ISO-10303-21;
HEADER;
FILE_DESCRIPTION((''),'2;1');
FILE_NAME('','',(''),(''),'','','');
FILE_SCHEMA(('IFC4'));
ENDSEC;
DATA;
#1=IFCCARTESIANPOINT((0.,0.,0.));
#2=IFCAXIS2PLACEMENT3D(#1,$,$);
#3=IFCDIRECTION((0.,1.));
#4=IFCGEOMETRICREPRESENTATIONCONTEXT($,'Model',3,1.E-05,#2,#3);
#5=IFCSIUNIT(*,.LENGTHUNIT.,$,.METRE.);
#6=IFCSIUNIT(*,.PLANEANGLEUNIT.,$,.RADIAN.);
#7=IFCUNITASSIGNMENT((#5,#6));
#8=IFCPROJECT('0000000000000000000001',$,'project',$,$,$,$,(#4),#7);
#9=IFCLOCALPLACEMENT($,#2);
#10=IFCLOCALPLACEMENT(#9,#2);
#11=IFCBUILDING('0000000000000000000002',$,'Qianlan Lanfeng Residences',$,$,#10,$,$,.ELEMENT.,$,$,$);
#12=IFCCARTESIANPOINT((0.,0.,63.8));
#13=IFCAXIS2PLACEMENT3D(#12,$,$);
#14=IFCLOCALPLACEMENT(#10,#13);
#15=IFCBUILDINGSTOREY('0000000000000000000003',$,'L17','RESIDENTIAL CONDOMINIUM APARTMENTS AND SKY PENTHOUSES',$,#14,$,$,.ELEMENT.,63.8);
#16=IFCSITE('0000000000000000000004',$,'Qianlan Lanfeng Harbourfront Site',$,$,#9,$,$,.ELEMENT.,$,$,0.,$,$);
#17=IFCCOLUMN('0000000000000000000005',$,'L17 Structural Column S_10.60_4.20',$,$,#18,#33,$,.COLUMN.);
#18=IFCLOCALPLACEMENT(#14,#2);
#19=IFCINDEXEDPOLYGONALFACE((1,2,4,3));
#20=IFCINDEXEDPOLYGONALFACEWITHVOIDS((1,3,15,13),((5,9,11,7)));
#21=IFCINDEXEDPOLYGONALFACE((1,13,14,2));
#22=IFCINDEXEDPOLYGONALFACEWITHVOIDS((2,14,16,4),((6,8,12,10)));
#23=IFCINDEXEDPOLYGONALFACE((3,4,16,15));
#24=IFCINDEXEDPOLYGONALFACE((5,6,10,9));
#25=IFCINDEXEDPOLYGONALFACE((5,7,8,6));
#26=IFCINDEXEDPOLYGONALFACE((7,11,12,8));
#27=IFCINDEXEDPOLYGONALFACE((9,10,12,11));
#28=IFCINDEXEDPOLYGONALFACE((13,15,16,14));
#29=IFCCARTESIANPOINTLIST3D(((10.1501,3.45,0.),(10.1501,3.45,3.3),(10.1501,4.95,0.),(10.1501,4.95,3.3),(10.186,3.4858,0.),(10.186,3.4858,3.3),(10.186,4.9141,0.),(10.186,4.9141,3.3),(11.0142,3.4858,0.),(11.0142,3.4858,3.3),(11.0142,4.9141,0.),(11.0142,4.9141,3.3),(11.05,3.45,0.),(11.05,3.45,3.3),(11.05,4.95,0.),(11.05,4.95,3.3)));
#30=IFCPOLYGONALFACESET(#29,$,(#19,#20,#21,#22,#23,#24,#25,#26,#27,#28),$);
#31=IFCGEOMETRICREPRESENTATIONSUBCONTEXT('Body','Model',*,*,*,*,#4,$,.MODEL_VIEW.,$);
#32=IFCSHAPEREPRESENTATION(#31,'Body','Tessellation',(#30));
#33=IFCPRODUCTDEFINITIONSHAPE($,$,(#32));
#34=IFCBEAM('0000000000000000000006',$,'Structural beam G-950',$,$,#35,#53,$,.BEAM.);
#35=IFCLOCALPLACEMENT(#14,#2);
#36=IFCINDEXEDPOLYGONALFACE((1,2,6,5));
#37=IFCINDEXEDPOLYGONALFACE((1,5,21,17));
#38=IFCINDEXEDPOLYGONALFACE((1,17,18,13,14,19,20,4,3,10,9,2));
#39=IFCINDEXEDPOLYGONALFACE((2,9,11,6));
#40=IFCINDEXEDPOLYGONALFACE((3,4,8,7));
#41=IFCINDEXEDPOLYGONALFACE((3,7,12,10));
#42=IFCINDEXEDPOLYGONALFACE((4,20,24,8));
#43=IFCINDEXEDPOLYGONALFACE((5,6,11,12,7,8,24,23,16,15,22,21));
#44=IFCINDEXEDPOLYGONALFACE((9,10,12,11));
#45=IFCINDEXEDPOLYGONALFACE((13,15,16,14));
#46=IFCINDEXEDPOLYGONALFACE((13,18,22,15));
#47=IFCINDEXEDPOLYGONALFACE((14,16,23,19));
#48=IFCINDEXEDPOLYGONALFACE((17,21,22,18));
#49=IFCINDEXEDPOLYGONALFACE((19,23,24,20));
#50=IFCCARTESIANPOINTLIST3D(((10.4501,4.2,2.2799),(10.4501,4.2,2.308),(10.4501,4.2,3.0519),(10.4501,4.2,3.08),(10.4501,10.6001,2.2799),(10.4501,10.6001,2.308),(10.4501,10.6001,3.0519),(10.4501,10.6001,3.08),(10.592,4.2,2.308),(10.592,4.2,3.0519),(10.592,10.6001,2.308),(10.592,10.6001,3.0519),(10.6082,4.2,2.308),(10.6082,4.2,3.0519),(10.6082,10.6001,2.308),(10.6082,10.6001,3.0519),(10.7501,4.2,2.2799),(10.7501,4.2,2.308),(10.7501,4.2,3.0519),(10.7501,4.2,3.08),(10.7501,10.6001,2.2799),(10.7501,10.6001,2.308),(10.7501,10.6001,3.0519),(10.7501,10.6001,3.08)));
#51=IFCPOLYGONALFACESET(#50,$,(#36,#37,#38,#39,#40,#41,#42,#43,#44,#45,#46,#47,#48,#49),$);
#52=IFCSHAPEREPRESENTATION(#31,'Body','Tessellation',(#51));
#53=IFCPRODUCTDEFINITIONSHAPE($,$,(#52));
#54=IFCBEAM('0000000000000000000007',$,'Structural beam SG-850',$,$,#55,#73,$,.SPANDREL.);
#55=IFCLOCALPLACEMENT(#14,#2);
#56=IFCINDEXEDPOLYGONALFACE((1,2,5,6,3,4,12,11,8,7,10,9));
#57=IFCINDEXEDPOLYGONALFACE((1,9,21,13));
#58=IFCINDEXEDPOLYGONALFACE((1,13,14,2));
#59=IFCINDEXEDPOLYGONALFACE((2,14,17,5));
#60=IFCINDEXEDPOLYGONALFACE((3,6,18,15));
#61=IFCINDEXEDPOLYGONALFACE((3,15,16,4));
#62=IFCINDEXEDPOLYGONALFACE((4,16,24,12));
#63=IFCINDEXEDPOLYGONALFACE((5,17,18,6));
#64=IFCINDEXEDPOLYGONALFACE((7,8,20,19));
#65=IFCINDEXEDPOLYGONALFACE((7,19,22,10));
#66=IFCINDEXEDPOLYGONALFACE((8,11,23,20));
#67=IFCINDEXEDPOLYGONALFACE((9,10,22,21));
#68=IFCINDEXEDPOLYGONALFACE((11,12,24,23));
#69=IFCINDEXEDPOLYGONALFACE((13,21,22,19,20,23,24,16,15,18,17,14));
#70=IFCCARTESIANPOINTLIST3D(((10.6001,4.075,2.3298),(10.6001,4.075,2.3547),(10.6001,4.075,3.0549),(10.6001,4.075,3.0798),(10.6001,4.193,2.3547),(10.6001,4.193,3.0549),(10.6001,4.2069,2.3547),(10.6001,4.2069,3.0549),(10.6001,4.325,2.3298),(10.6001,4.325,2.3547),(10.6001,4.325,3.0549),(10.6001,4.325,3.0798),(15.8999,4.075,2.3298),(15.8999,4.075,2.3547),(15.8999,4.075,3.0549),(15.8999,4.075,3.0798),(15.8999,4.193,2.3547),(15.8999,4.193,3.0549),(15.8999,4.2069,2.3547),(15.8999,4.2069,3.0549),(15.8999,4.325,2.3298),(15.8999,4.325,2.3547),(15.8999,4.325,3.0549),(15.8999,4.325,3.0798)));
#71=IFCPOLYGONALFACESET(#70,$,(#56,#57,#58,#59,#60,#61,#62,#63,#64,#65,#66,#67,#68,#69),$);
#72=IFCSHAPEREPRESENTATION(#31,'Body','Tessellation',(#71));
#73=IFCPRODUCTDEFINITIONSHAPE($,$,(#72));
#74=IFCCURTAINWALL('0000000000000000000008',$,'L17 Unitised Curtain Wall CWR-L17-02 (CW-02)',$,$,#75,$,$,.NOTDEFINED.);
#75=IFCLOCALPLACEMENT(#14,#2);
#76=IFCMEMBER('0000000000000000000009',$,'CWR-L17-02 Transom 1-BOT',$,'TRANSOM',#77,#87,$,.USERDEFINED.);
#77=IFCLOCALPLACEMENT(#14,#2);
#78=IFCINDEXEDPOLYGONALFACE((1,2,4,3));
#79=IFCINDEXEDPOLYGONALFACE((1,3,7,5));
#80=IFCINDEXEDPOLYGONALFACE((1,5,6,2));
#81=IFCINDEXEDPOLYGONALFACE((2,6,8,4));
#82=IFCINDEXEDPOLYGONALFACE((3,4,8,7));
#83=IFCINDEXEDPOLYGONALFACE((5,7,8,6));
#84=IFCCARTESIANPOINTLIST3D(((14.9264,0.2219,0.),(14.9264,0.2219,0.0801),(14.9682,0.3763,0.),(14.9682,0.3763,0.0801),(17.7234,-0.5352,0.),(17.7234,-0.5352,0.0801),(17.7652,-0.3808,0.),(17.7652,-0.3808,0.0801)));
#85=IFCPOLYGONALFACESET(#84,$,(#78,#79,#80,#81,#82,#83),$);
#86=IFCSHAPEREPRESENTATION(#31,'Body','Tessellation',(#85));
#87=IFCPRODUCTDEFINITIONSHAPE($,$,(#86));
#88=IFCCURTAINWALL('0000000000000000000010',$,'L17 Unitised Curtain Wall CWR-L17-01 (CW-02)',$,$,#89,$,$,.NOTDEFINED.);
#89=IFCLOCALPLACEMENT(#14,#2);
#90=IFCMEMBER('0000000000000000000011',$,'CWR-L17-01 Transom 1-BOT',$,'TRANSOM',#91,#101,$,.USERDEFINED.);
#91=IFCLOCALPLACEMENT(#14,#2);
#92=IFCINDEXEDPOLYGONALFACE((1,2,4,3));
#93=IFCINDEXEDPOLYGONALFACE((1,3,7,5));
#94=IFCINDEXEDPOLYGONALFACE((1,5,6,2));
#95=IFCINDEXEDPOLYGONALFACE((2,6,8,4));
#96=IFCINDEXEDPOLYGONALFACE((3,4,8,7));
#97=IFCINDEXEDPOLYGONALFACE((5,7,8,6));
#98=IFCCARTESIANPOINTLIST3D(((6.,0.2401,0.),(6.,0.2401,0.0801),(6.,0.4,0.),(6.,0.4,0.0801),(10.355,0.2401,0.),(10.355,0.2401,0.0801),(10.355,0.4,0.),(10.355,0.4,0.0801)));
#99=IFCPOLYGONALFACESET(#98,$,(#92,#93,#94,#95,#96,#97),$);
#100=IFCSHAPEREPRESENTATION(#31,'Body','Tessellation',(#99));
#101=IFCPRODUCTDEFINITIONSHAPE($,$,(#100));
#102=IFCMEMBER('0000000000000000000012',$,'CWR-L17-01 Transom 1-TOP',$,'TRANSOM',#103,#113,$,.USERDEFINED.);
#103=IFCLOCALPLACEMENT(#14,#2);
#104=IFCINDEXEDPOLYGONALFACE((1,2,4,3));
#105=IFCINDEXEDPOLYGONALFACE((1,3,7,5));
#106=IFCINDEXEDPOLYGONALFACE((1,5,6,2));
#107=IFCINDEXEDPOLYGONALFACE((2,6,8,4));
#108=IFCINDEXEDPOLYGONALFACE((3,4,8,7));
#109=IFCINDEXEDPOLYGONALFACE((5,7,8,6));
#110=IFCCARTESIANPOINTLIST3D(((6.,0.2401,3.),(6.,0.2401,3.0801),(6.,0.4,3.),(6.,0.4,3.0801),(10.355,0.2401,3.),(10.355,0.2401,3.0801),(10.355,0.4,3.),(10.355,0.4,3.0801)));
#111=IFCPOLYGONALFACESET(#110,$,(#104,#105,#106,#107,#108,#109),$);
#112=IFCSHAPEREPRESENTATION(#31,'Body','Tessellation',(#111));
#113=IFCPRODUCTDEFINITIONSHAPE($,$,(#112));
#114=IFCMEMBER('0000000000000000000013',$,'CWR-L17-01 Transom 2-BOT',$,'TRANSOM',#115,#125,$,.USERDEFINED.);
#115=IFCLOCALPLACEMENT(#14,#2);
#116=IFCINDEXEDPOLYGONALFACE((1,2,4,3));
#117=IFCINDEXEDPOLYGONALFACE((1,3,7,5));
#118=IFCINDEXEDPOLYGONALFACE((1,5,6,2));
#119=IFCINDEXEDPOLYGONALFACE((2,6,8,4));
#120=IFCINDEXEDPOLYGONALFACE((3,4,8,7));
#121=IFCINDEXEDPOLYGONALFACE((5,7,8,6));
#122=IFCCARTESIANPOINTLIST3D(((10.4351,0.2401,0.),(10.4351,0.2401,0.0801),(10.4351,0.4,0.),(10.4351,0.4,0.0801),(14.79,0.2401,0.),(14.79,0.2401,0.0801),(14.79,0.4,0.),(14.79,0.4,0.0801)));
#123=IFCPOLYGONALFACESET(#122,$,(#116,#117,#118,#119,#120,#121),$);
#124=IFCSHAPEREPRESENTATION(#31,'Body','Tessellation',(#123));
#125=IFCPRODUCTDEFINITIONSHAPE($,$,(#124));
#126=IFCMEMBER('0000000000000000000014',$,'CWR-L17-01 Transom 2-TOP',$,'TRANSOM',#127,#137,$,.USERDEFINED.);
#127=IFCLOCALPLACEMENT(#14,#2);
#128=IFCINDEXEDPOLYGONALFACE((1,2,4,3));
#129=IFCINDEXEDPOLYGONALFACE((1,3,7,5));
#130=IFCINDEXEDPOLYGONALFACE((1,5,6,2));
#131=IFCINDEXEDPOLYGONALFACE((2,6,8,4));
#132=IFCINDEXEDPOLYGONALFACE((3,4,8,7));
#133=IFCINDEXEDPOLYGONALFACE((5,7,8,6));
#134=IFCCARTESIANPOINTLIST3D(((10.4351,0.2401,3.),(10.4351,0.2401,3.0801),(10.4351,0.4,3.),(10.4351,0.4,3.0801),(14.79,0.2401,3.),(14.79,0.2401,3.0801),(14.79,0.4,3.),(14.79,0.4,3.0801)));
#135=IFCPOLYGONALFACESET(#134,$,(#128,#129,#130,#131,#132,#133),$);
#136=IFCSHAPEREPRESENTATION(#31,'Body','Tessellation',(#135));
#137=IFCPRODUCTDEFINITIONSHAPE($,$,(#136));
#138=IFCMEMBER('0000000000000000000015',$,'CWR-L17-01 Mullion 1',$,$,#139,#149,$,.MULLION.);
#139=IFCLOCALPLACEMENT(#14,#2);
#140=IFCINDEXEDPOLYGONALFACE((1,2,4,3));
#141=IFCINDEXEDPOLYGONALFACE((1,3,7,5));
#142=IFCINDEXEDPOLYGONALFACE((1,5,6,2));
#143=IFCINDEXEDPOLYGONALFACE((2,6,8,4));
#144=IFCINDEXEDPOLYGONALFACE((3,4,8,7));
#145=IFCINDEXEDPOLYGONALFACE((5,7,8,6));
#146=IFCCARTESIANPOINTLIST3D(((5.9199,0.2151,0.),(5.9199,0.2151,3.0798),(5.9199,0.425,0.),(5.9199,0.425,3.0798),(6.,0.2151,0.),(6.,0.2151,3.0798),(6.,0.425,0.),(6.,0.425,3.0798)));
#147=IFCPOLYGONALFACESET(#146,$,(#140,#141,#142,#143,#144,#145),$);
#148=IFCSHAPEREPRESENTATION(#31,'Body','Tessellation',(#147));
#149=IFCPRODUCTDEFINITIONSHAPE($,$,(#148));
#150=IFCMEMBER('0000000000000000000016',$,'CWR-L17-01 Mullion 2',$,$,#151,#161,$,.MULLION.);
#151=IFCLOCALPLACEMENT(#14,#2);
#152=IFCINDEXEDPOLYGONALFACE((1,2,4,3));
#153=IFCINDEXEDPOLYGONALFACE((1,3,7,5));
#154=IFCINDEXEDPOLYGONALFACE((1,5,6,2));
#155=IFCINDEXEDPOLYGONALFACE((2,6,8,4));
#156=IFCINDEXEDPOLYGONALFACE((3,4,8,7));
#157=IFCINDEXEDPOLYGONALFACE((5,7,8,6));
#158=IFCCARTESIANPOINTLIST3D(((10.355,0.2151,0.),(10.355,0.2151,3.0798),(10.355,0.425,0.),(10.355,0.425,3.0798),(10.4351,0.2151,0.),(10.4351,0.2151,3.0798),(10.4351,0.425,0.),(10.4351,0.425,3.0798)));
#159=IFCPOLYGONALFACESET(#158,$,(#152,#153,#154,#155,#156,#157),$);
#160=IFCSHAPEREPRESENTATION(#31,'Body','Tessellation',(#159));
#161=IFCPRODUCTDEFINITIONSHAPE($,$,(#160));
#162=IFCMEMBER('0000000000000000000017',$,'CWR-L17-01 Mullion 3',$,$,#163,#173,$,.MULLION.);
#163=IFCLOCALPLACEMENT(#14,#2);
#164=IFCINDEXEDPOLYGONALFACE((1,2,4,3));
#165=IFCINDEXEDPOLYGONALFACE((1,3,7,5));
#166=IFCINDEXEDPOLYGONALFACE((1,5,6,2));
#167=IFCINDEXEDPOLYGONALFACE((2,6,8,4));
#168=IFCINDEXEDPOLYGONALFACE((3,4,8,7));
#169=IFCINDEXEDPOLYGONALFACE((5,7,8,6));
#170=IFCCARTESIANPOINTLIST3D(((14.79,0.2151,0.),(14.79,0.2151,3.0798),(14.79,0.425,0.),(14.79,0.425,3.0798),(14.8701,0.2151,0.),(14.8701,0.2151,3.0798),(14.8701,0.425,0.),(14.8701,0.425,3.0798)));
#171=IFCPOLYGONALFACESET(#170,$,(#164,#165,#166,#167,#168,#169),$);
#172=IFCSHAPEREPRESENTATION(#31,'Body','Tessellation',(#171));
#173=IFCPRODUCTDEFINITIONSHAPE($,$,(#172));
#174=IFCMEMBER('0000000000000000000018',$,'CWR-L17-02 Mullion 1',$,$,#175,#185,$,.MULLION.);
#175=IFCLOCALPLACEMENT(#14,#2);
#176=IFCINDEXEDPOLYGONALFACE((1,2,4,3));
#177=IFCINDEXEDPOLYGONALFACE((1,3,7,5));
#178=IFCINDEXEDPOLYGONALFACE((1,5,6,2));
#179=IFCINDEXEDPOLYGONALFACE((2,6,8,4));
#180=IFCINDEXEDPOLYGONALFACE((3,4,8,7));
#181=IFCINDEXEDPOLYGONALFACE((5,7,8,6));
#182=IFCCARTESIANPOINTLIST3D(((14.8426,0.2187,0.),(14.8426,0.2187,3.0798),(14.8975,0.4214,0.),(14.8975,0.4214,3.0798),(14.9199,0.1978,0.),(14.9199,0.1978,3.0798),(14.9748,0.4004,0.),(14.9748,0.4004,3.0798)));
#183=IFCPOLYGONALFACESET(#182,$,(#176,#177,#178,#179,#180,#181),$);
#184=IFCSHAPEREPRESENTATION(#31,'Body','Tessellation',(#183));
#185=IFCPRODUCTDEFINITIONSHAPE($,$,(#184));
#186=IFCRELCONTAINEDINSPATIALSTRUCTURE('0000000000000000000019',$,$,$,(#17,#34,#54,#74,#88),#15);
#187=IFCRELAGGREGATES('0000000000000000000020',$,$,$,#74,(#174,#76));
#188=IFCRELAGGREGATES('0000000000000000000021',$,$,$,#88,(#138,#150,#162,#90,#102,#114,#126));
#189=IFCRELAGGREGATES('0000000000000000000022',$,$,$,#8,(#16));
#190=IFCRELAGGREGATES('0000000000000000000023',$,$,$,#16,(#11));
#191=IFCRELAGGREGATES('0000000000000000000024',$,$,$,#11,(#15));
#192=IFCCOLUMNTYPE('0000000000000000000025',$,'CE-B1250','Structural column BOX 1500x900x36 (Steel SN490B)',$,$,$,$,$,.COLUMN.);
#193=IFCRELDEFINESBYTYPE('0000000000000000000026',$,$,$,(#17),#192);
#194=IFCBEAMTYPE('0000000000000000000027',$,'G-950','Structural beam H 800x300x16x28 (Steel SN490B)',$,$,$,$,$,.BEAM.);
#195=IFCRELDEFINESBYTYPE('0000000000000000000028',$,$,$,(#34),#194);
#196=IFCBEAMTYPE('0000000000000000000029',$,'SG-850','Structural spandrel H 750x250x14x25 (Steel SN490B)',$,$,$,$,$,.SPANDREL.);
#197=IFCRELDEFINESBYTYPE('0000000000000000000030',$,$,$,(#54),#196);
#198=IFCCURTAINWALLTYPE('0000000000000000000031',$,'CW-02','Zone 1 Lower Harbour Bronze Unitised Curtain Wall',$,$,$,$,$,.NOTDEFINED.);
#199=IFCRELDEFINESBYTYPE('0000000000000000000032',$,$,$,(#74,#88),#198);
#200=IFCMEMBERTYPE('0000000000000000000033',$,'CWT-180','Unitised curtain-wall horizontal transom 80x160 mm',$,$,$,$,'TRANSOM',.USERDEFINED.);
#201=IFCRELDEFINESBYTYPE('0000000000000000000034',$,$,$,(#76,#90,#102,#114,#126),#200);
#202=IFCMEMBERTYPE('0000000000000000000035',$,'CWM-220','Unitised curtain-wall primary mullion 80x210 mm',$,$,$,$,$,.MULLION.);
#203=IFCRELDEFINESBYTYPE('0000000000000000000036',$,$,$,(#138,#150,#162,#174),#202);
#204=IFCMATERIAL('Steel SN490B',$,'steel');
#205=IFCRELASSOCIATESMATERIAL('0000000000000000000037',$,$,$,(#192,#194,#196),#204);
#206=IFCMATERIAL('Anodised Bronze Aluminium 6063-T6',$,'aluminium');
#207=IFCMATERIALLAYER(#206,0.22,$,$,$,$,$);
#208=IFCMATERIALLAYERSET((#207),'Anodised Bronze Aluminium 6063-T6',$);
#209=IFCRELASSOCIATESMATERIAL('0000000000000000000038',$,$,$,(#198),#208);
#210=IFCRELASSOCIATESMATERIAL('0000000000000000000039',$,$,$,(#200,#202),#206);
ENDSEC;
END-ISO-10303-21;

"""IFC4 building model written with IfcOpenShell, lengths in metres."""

from ifc_helpers import new_model, si_unit, direction, frame, origin, origin_2d, place, context, subcontext, project, spatial, rectangle, hollow_rectangle, i_section, extrude, source, transform, mapped, material, layer, layer_set, material_profile, profile_set, type_object, element, aggregate, save


model = new_model("IFC4")

# Units and contexts
model_context = context("Model", 3, precision=1e-05, world=origin(), true_north=direction((0.0, 1.0)))
body_context = subcontext(model_context, "Body", "Model", "MODEL_VIEW")
ifc_project = project(units=[si_unit("LENGTHUNIT", "METRE"), si_unit("PLANEANGLEUNIT", "RADIAN")], contexts=[model_context])

# Site, building, storey
site_placement = place(None, origin())
site = spatial("IfcSite", under=ifc_project, at=site_placement, Name="Qianlan Lanfeng Harbourfront Site", CompositionType="ELEMENT", RefElevation=0.0)
building_placement = place(site_placement, origin())
building = spatial("IfcBuilding", under=site, at=building_placement, Name="Qianlan Lanfeng Residences", CompositionType="ELEMENT")
storey_placement = place(building_placement, frame((0.0, 0.0, 63.8)))
storey = spatial("IfcBuildingStorey", under=building, at=storey_placement, Name="L17", Description="RESIDENTIAL CONDOMINIUM APARTMENTS AND SKY PENTHOUSES", CompositionType="ELEMENT", Elevation=63.8)

# Column
ifc_material_1 = material(Name="Steel SN490B", Category="steel")
ifc_material_profile_1 = material_profile(ifc_material_1, hollow_rectangle(XDim=0.8999, YDim=1.5, WallThickness=0.0359, at=origin_2d()), Name="BOX 1500x900x36")
ifc_profile_set_1 = profile_set([ifc_material_profile_1], Name="Steel SN490B")
column_type = type_object("IfcColumnType", Name="CE-B1250", Description="Structural column BOX 1500x900x36 (Steel SN490B)", PredefinedType="COLUMN", material=ifc_profile_set_1)
column_placement = place(storey_placement, frame((10.6001, 4.2, 0.0), z_axis=(0.0, 0.0, 1.0), x_axis=(1.0, 0.0, 0.0)))
element("IfcColumn", 1, at=column_placement, inside=storey, type_object=column_type, Name="L17 Structural Column S_10.60_4.20", PredefinedType="COLUMN", context=body_context, shape_type="SweptSolid", body=[
    extrude(hollow_rectangle(XDim=0.8999, YDim=1.5, WallThickness=0.0359, at=origin_2d()), origin(), (0.0, 0.0, 1.0), 3.3),
])

# Beams
ifc_material_profile_2 = material_profile(ifc_material_1, i_section(OverallWidth=0.3, OverallDepth=0.8, WebThickness=0.0161, FlangeThickness=0.0281, at=origin_2d()), Name="H 800x300x16x28")
ifc_profile_set_2 = profile_set([ifc_material_profile_2], Name="Steel SN490B")
beam_type_1 = type_object("IfcBeamType", Name="G-950", Description="Structural beam H 800x300x16x28 (Steel SN490B)", PredefinedType="BEAM", material=ifc_profile_set_2)
beam_1_placement = place(storey_placement, frame((10.6001, 4.2, 2.6799), z_axis=(0.0, 1.0, 0.0), x_axis=(-1.0, 0.0, 0.0)))
element("IfcBeam", 2, at=beam_1_placement, inside=storey, type_object=beam_type_1, Name="Structural beam G-950", PredefinedType="BEAM", context=body_context, shape_type="SweptSolid", body=[
    extrude(i_section(OverallWidth=0.3, OverallDepth=0.8, WebThickness=0.0161, FlangeThickness=0.0281, at=origin_2d()), origin(), (0.0, 0.0, 1.0), 6.4001),
])
ifc_material_profile_3 = material_profile(ifc_material_1, i_section(OverallWidth=0.25, OverallDepth=0.75, WebThickness=0.0139, FlangeThickness=0.0249, at=origin_2d()), Name="H 750x250x14x25")
ifc_profile_set_3 = profile_set([ifc_material_profile_3], Name="Steel SN490B")
beam_type_2 = type_object("IfcBeamType", Name="SG-850", Description="Structural spandrel H 750x250x14x25 (Steel SN490B)", PredefinedType="SPANDREL", material=ifc_profile_set_3)
beam_2_placement = place(storey_placement, frame((10.6001, 4.2, 2.7048), z_axis=(1.0, 0.0, 0.0), x_axis=(0.0, 1.0, 0.0)))
element("IfcBeam", 3, at=beam_2_placement, inside=storey, type_object=beam_type_2, Name="Structural beam SG-850", PredefinedType="SPANDREL", context=body_context, shape_type="SweptSolid", body=[
    extrude(i_section(OverallWidth=0.25, OverallDepth=0.75, WebThickness=0.0139, FlangeThickness=0.0249, at=origin_2d()), origin(), (0.0, 0.0, 1.0), 5.2998),
])

# Curtain wall, member
ifc_material_2 = material(Name="Anodised Bronze Aluminium 6063-T6", Category="aluminium")
ifc_layer_1 = layer(ifc_material_2, 0.22)
ifc_layer_set_1 = layer_set([ifc_layer_1], Name="Anodised Bronze Aluminium 6063-T6")
curtain_wall_type = type_object("IfcCurtainWallType", Name="CW-02", Description="Zone 1 Lower Harbour Bronze Unitised Curtain Wall", PredefinedType="NOTDEFINED", material=ifc_layer_set_1)
curtain_wall_1_placement = place(storey_placement, origin())
curtain_wall_1 = element("IfcCurtainWall", 4, at=curtain_wall_1_placement, inside=storey, type_object=curtain_wall_type, Name="L17 Unitised Curtain Wall CWR-L17-02 (CW-02)", PredefinedType="NOTDEFINED")
ifc_material_profile_4 = material_profile(ifc_material_2, rectangle(XDim=0.0801, YDim=0.1599, at=origin_2d()), Name="ALU TRANSOM 80x160")
ifc_profile_set_4 = profile_set([ifc_material_profile_4], Name="Anodised Bronze Aluminium 6063-T6")
member_type_1 = type_object("IfcMemberType", Name="CWT-180", Description="Unitised curtain-wall horizontal transom 80x160 mm", ElementType="TRANSOM", PredefinedType="USERDEFINED", material=ifc_profile_set_4)
shared_shape_1 = source(origin(), body_context, "Body", "SweptSolid", [
    extrude(rectangle(XDim=0.0801, YDim=0.1599, at=origin_2d()), origin(), (0.0, 0.0, 1.0), 2.8977),
])
member_1_placement = place(storey_placement, frame((14.9473, 0.2991, 0.04), z_axis=(0.965268, -0.261263, 0.0), x_axis=(0.0, 0.0, 1.0)))
member_1 = element("IfcMember", 5, at=member_1_placement, type_object=member_type_1, Name="CWR-L17-02 Transom 1-BOT", ObjectType="TRANSOM", PredefinedType="USERDEFINED", context=body_context, shape_type="MappedRepresentation", body=[
    mapped(shared_shape_1, transform((0.0, 0.0, 0.0), scale=1.0)),
])

# Curtain wall, members
curtain_wall_2_placement = place(storey_placement, origin())
curtain_wall_2 = element("IfcCurtainWall", 6, at=curtain_wall_2_placement, inside=storey, type_object=curtain_wall_type, Name="L17 Unitised Curtain Wall CWR-L17-01 (CW-02)", PredefinedType="NOTDEFINED")
shared_shape_2 = source(origin(), body_context, "Body", "SweptSolid", [
    extrude(rectangle(XDim=0.0801, YDim=0.1599, at=origin_2d()), origin(), (0.0, 0.0, 1.0), 4.355),
])
member_2_placement = place(storey_placement, frame((6.0, 0.3201, 0.04), z_axis=(1.0, 0.0, 0.0), x_axis=(0.0, 0.0, 1.0)))
member_2 = element("IfcMember", 7, at=member_2_placement, type_object=member_type_1, Name="CWR-L17-01 Transom 1-BOT", ObjectType="TRANSOM", PredefinedType="USERDEFINED", context=body_context, shape_type="MappedRepresentation", body=[
    mapped(shared_shape_2, transform((0.0, 0.0, 0.0), scale=1.0)),
])
member_3_placement = place(storey_placement, frame((6.0, 0.3201, 3.04), z_axis=(1.0, 0.0, 0.0), x_axis=(0.0, 0.0, 1.0)))
member_3 = element("IfcMember", 8, at=member_3_placement, type_object=member_type_1, Name="CWR-L17-01 Transom 1-TOP", ObjectType="TRANSOM", PredefinedType="USERDEFINED", context=body_context, shape_type="MappedRepresentation", body=[
    mapped(shared_shape_2, transform((0.0, 0.0, 0.0), scale=1.0)),
])
member_4_placement = place(storey_placement, frame((10.4351, 0.3201, 0.04), z_axis=(1.0, 0.0, 0.0), x_axis=(0.0, 0.0, 1.0)))
member_4 = element("IfcMember", 9, at=member_4_placement, type_object=member_type_1, Name="CWR-L17-01 Transom 2-BOT", ObjectType="TRANSOM", PredefinedType="USERDEFINED", context=body_context, shape_type="MappedRepresentation", body=[
    mapped(shared_shape_2, transform((0.0, 0.0, 0.0), scale=1.0)),
])
member_5_placement = place(storey_placement, frame((10.4351, 0.3201, 3.04), z_axis=(1.0, 0.0, 0.0), x_axis=(0.0, 0.0, 1.0)))
member_5 = element("IfcMember", 10, at=member_5_placement, type_object=member_type_1, Name="CWR-L17-01 Transom 2-TOP", ObjectType="TRANSOM", PredefinedType="USERDEFINED", context=body_context, shape_type="MappedRepresentation", body=[
    mapped(shared_shape_2, transform((0.0, 0.0, 0.0), scale=1.0)),
])
ifc_material_profile_5 = material_profile(ifc_material_2, rectangle(XDim=0.0801, YDim=0.21, at=origin_2d()), Name="ALU MULLION 80x210")
ifc_profile_set_5 = profile_set([ifc_material_profile_5], Name="Anodised Bronze Aluminium 6063-T6")
member_type_2 = type_object("IfcMemberType", Name="CWM-220", Description="Unitised curtain-wall primary mullion 80x210 mm", PredefinedType="MULLION", material=ifc_profile_set_5)
shared_shape_3 = source(origin(), body_context, "Body", "SweptSolid", [
    extrude(rectangle(XDim=0.0801, YDim=0.21, at=origin_2d()), origin(), (0.0, 0.0, 1.0), 3.0798),
])
member_6_placement = place(storey_placement, frame((5.96, 0.3201, 0.0), z_axis=(0.0, 0.0, 1.0), x_axis=(1.0, 0.0, 0.0)))
member_6 = element("IfcMember", 11, at=member_6_placement, type_object=member_type_2, Name="CWR-L17-01 Mullion 1", PredefinedType="MULLION", context=body_context, shape_type="MappedRepresentation", body=[
    mapped(shared_shape_3, transform((0.0, 0.0, 0.0), scale=1.0)),
])
member_7_placement = place(storey_placement, frame((10.395, 0.3201, 0.0), z_axis=(0.0, 0.0, 1.0), x_axis=(1.0, 0.0, 0.0)))
member_7 = element("IfcMember", 12, at=member_7_placement, type_object=member_type_2, Name="CWR-L17-01 Mullion 2", PredefinedType="MULLION", context=body_context, shape_type="MappedRepresentation", body=[
    mapped(shared_shape_3, transform((0.0, 0.0, 0.0), scale=1.0)),
])
member_8_placement = place(storey_placement, frame((14.8301, 0.3201, 0.0), z_axis=(0.0, 0.0, 1.0), x_axis=(1.0, 0.0, 0.0)))
member_8 = element("IfcMember", 13, at=member_8_placement, type_object=member_type_2, Name="CWR-L17-01 Mullion 3", PredefinedType="MULLION", context=body_context, shape_type="MappedRepresentation", body=[
    mapped(shared_shape_3, transform((0.0, 0.0, 0.0), scale=1.0)),
])

# Member
member_9_placement = place(storey_placement, frame((14.9087, 0.3096, 0.0), z_axis=(0.0, 0.0, 1.0), x_axis=(0.965263, -0.261281, 0.0)))
member_9 = element("IfcMember", 14, at=member_9_placement, type_object=member_type_2, Name="CWR-L17-02 Mullion 1", PredefinedType="MULLION", context=body_context, shape_type="MappedRepresentation", body=[
    mapped(shared_shape_3, transform((0.0, 0.0, 0.0), scale=1.0)),
])
aggregate(curtain_wall_1, [member_9, member_1])

aggregate(curtain_wall_2, [member_6, member_7, member_8, member_2, member_3, member_4, member_5])

save(model, "model.ifc")
